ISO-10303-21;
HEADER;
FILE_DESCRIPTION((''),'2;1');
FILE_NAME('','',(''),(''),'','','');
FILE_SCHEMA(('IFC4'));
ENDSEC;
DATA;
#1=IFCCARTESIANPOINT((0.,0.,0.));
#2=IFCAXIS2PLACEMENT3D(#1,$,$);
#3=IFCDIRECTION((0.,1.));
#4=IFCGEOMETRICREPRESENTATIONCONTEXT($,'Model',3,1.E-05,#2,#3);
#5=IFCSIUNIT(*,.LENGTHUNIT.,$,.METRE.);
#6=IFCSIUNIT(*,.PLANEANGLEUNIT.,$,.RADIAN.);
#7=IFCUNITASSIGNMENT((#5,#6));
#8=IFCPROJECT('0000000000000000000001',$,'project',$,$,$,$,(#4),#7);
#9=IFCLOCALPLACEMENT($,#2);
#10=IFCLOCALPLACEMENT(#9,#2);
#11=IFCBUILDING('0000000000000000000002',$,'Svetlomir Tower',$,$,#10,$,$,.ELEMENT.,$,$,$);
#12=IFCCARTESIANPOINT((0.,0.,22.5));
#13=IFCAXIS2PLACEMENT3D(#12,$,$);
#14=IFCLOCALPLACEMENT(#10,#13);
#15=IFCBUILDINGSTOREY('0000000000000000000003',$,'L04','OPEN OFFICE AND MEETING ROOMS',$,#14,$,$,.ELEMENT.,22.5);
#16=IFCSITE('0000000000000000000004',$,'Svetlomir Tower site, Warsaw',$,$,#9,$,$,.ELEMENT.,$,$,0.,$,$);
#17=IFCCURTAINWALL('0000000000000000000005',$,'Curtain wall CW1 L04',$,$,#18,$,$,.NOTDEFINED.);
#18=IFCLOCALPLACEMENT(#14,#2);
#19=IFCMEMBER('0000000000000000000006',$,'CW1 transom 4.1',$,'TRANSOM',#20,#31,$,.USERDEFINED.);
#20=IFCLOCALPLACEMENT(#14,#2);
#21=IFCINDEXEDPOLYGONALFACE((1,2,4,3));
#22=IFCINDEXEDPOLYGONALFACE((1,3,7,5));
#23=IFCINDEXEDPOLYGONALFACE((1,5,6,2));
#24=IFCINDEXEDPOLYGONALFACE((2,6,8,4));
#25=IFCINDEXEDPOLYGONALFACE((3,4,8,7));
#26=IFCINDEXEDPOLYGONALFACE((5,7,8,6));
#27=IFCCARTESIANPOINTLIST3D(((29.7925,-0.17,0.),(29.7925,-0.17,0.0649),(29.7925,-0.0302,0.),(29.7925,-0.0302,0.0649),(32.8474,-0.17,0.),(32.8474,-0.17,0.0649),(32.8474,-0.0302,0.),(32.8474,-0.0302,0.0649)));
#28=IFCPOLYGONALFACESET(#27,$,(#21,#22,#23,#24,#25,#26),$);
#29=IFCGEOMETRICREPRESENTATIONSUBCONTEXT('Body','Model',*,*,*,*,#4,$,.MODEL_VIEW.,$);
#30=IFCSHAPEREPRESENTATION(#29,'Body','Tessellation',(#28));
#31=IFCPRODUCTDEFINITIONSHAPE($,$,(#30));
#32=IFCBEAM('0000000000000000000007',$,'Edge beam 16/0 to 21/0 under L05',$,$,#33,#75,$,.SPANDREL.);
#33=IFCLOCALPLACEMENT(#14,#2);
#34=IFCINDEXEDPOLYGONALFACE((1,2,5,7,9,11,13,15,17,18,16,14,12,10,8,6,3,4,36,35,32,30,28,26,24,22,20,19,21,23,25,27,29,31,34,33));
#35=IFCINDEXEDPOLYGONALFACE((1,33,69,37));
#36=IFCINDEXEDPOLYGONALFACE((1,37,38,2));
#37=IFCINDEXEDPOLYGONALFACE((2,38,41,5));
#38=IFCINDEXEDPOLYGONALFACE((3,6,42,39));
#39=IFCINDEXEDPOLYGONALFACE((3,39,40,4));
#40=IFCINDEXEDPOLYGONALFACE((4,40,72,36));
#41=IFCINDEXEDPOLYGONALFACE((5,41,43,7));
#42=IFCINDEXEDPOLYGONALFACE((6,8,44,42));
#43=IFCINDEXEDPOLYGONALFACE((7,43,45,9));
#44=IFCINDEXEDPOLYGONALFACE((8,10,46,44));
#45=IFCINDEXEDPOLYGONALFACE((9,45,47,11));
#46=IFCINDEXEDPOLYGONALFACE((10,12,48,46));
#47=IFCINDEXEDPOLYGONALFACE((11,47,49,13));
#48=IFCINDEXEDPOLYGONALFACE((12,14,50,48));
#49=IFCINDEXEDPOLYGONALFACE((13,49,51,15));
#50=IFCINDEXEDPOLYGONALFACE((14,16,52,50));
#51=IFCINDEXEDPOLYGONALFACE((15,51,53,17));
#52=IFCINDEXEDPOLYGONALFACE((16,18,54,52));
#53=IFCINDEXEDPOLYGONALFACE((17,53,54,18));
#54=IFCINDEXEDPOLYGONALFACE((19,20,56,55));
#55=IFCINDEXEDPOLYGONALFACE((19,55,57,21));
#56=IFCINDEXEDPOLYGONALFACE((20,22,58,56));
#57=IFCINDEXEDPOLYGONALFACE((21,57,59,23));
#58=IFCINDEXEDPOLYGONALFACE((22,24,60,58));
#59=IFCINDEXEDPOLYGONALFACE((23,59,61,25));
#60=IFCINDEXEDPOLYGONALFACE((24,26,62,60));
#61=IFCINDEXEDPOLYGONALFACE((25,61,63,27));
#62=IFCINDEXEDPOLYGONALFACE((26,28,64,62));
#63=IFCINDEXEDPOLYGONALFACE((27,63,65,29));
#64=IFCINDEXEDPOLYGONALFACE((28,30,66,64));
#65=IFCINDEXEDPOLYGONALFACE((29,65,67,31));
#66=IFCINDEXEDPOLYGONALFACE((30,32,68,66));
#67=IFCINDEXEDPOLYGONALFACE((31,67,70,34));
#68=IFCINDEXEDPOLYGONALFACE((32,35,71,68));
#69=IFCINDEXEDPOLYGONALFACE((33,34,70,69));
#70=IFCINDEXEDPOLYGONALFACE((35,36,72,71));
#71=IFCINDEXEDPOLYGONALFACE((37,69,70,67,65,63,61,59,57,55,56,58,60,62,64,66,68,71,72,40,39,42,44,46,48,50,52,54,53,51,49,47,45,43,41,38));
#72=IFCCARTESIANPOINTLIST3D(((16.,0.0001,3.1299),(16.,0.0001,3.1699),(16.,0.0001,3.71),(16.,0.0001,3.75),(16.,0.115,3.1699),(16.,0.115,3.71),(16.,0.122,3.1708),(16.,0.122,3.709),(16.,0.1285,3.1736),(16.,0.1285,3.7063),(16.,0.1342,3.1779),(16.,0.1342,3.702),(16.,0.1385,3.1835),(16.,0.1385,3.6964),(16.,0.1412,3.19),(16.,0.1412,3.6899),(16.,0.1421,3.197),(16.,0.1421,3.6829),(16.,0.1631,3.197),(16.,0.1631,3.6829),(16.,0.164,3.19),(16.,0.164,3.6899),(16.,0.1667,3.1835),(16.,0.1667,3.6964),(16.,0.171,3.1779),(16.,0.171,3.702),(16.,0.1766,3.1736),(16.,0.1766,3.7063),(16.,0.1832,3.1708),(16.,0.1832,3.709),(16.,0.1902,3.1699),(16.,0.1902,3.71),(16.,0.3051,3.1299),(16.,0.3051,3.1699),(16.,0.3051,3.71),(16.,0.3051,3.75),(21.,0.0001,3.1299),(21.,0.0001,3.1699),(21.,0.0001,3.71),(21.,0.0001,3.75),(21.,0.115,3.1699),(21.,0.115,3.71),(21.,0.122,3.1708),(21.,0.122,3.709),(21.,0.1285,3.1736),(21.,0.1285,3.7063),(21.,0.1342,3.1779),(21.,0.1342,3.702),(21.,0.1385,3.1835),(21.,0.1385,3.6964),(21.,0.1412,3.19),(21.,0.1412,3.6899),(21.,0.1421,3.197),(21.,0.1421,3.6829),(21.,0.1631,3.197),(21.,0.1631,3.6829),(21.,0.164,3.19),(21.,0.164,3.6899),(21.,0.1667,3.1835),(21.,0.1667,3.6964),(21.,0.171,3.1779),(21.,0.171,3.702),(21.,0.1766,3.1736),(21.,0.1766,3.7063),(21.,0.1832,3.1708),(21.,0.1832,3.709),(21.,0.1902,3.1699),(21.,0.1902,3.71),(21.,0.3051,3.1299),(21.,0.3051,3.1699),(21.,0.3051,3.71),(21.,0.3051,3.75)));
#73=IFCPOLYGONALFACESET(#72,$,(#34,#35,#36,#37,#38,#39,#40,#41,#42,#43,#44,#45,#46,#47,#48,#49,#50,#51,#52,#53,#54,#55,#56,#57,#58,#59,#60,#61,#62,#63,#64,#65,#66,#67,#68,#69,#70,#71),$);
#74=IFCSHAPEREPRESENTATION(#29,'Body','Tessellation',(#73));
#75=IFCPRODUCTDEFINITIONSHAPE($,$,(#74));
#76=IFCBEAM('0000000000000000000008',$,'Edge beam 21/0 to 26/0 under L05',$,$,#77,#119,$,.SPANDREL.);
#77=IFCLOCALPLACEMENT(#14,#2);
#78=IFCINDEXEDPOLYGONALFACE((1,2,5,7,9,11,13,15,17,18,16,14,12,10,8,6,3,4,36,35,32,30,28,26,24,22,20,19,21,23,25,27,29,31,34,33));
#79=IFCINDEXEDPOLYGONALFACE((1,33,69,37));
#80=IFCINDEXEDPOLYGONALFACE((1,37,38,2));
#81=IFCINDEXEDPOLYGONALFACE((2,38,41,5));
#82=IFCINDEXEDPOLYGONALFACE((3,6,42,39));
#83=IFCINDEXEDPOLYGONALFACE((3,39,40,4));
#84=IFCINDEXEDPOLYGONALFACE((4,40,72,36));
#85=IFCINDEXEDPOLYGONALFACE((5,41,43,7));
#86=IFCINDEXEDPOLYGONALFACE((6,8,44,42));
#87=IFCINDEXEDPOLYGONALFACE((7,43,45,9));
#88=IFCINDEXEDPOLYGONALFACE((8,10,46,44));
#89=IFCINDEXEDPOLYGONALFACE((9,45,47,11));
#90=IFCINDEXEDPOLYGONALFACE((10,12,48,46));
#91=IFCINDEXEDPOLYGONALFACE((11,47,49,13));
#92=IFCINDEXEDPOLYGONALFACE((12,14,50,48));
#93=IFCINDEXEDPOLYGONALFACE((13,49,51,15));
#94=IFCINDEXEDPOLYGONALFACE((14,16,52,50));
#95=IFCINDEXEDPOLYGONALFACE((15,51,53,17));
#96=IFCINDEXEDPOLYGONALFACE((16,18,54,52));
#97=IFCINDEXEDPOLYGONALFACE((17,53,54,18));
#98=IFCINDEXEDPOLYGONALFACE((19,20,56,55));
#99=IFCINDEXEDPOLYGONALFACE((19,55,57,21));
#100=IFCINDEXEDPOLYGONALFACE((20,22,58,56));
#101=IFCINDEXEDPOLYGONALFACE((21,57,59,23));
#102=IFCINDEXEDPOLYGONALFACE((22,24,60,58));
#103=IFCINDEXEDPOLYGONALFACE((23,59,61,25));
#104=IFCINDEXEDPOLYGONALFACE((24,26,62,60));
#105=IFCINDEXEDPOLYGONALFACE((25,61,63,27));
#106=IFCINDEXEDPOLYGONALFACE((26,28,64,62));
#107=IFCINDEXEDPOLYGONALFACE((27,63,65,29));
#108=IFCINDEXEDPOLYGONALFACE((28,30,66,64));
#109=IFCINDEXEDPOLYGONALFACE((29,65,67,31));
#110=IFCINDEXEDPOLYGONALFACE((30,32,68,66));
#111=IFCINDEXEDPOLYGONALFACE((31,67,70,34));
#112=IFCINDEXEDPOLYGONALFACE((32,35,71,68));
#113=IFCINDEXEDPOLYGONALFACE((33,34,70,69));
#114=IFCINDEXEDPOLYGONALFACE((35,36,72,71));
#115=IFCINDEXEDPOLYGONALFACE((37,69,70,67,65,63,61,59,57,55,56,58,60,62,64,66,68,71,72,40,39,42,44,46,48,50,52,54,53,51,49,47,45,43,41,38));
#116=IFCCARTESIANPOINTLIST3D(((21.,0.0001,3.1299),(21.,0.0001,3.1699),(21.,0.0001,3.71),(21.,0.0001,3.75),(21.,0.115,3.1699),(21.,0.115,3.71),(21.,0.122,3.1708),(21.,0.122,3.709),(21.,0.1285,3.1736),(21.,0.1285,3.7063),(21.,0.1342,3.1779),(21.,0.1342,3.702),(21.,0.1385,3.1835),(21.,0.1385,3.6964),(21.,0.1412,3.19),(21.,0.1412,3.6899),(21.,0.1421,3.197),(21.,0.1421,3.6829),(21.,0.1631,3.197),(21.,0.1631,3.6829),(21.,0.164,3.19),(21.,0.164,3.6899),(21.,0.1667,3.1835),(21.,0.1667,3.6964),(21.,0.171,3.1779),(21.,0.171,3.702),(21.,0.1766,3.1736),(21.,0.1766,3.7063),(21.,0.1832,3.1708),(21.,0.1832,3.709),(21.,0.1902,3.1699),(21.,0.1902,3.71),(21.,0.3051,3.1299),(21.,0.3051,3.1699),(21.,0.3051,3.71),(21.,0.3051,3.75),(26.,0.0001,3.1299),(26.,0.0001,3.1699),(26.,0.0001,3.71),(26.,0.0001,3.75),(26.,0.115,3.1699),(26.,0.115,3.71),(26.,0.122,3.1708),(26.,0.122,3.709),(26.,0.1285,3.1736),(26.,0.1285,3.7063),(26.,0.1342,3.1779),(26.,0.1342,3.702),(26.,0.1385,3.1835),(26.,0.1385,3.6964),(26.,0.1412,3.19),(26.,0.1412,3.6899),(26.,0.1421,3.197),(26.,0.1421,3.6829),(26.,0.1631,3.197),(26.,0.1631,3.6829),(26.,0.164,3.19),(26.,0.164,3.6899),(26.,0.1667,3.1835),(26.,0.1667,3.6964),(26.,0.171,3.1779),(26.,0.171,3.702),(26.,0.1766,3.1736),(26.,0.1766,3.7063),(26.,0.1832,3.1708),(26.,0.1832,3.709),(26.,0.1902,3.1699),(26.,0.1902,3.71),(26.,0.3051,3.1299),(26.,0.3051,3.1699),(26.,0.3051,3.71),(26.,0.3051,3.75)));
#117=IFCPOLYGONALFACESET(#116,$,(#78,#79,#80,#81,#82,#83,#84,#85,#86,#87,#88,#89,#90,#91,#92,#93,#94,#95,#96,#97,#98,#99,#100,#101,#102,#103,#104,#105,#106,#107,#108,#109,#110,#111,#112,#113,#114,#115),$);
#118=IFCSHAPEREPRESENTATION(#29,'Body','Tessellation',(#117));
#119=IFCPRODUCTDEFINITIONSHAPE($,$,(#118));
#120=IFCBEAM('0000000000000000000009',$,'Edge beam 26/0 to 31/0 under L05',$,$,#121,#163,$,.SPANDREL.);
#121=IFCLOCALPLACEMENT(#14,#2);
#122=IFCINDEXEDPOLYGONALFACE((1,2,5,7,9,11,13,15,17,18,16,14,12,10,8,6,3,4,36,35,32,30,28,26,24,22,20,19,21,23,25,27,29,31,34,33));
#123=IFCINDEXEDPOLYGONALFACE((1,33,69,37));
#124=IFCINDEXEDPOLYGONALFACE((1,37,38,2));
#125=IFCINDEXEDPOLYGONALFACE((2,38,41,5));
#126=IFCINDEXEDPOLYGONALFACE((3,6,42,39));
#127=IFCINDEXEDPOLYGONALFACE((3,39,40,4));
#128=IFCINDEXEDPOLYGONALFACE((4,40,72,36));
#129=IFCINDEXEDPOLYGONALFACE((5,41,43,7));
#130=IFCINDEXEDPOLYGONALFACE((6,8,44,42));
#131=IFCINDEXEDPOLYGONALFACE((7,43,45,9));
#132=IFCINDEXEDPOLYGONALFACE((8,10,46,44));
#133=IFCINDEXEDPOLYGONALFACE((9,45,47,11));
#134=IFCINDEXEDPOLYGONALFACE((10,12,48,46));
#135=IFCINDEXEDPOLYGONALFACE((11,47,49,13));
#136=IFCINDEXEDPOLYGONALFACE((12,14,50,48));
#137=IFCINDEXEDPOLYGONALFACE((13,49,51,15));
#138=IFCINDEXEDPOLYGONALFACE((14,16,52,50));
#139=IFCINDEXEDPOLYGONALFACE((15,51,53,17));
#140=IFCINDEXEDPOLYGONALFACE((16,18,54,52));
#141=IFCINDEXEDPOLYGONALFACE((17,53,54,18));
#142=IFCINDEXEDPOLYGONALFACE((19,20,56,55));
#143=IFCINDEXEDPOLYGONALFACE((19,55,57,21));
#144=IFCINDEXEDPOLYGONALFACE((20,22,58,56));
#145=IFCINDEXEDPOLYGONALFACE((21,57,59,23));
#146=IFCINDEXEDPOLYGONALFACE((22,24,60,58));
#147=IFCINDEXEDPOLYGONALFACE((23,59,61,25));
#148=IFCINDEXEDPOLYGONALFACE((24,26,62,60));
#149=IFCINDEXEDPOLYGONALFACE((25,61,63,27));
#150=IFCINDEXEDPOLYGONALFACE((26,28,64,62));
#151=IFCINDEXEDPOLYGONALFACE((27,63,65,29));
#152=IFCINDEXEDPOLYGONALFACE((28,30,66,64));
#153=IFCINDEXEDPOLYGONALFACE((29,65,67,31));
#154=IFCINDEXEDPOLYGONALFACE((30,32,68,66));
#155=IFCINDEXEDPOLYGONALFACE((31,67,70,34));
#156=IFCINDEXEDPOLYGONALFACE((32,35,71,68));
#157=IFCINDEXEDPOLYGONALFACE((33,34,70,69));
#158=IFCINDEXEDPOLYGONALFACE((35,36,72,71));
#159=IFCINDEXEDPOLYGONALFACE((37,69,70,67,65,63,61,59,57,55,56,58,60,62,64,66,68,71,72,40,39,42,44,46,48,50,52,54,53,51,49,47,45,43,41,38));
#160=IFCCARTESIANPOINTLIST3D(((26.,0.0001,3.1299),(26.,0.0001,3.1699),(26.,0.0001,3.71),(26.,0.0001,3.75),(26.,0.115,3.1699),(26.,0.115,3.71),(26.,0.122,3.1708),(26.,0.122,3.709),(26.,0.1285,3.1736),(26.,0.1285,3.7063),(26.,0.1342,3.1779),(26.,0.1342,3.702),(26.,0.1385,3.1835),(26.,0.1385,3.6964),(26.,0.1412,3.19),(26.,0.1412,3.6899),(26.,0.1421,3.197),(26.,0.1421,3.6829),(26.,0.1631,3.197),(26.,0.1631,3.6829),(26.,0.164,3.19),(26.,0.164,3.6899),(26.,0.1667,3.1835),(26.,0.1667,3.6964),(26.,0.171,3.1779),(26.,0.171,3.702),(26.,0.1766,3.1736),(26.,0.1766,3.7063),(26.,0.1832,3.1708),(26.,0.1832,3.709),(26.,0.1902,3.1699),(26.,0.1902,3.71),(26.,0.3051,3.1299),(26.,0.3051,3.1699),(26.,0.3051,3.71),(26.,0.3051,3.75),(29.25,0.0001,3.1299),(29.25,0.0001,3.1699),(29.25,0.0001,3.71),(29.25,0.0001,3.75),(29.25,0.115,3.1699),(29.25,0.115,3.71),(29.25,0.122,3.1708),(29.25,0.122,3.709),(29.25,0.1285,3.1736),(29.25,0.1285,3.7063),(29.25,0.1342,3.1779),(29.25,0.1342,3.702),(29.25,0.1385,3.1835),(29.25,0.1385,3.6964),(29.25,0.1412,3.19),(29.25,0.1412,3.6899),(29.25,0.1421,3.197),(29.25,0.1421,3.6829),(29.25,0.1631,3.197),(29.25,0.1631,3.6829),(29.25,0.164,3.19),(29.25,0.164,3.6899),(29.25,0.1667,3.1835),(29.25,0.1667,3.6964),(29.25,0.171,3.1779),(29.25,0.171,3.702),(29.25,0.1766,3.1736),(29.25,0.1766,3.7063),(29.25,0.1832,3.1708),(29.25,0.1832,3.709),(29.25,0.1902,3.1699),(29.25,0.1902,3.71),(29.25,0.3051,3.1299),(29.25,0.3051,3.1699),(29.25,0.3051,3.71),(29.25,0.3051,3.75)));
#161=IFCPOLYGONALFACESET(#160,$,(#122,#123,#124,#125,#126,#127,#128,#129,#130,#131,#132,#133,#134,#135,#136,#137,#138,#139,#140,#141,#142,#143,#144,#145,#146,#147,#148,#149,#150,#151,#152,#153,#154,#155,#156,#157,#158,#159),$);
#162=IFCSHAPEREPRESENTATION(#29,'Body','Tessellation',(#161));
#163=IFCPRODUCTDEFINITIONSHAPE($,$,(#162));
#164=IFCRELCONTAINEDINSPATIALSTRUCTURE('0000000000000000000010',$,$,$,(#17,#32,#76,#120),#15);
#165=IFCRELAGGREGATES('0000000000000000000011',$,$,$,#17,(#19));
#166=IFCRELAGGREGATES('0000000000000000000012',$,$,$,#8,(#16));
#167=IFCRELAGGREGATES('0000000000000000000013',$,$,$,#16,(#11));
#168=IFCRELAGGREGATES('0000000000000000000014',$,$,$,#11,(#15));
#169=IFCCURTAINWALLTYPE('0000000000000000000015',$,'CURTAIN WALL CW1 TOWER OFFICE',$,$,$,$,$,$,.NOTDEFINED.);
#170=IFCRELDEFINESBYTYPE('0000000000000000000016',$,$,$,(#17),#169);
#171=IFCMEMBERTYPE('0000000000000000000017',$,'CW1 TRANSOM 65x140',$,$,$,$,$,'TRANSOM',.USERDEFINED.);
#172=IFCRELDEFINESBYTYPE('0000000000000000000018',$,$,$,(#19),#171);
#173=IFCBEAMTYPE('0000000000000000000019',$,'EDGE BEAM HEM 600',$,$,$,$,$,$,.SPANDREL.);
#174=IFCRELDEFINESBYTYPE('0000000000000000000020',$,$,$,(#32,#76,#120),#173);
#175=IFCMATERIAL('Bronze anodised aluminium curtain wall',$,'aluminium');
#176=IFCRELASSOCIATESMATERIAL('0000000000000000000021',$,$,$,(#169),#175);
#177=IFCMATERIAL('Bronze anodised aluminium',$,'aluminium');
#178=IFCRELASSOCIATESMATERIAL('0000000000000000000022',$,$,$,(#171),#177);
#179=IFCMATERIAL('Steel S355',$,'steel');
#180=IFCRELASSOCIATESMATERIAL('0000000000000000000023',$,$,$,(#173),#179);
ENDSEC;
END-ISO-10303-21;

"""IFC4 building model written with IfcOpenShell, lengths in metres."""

from ifc_helpers import new_model, si_unit, direction, frame, origin, origin_2d, place, context, subcontext, project, spatial, rectangle, i_section, extrude, material, material_profile, profile_set, type_object, element, aggregate, save


model = new_model("IFC4")

# Units and contexts
model_context = context("Model", 3, precision=1e-05, world=origin(), true_north=direction((0.0, 1.0)))
body_context = subcontext(model_context, "Body", "Model", "MODEL_VIEW")
ifc_project = project(units=[si_unit("LENGTHUNIT", "METRE"), si_unit("PLANEANGLEUNIT", "RADIAN")], contexts=[model_context])

# Site, building, storey
site_placement = place(None, origin())
site = spatial("IfcSite", under=ifc_project, at=site_placement, Name="Svetlomir Tower site, Warsaw", CompositionType="ELEMENT", RefElevation=0.0)
building_placement = place(site_placement, origin())
building = spatial("IfcBuilding", under=site, at=building_placement, Name="Svetlomir Tower", CompositionType="ELEMENT")
storey_placement = place(building_placement, frame((0.0, 0.0, 22.5)))
storey = spatial("IfcBuildingStorey", under=building, at=storey_placement, Name="L04", Description="OPEN OFFICE AND MEETING ROOMS", CompositionType="ELEMENT", Elevation=22.5)

# Curtain wall
ifc_material_1 = material(Name="Bronze anodised aluminium curtain wall", Category="aluminium")
curtain_wall_type = type_object("IfcCurtainWallType", Name="CURTAIN WALL CW1 TOWER OFFICE", PredefinedType="NOTDEFINED", material=ifc_material_1)
curtain_wall_1_placement = place(storey_placement, origin())
curtain_wall_1 = element("IfcCurtainWall", 1, at=curtain_wall_1_placement, inside=storey, type_object=curtain_wall_type, Name="Curtain wall CW1 L04", PredefinedType="NOTDEFINED")

# Member
ifc_material_2 = material(Name="Bronze anodised aluminium", Category="aluminium")
ifc_material_profile_1 = material_profile(ifc_material_2, rectangle(XDim=0.1399, YDim=0.0649, at=origin_2d()), Name="AL 140x65")
ifc_profile_set_1 = profile_set([ifc_material_profile_1], Name="Bronze anodised aluminium 6063-T6")
member_type_1 = type_object("IfcMemberType", Name="CW1 TRANSOM 65x140", ElementType="TRANSOM", PredefinedType="USERDEFINED", material=ifc_profile_set_1)
member_1_placement = place(storey_placement, frame((29.7925, -0.1001, 0.0325), z_axis=(1.0, 0.0, 0.0), x_axis=(0.0, 1.0, 0.0)))
member_1 = element("IfcMember", 2, at=member_1_placement, type_object=member_type_1, Name="CW1 transom 4.1", ObjectType="TRANSOM", PredefinedType="USERDEFINED", context=body_context, shape_type="SweptSolid", body=[
    extrude(rectangle(XDim=0.1399, YDim=0.0649, at=origin_2d()), origin(), (0.0, 0.0, 1.0), 3.0549),
])

# Beams
ifc_material_3 = material(Name="Steel S355", Category="steel")
ifc_material_profile_2 = material_profile(ifc_material_3, i_section(OverallWidth=0.3049, OverallDepth=0.6201, WebThickness=0.021, FlangeThickness=0.04, FilletRadius=0.0271, at=origin_2d()), Name="HEM 600")
ifc_profile_set_2 = profile_set([ifc_material_profile_2], Name="Steel S355")
beam_type_1 = type_object("IfcBeamType", Name="EDGE BEAM HEM 600", PredefinedType="SPANDREL", material=ifc_profile_set_2)
for number, where, z_axis, x_axis, name in (
    (3, (16.0, 0.1526, 3.4399), (1.0, 0.0, 0.0), (0.0, 1.0, 0.0), "Edge beam 16/0 to 21/0 under L05"),
    (4, (21.0, 0.1526, 3.4399), (1.0, 0.0, 0.0), (0.0, 1.0, 0.0), "Edge beam 21/0 to 26/0 under L05"),
):
    element("IfcBeam", number, at=place(storey_placement, frame(where, z_axis=z_axis, x_axis=x_axis)), inside=storey, type_object=beam_type_1, Name=name, PredefinedType="SPANDREL", context=body_context, shape_type="SweptSolid", body=[
        extrude(i_section(OverallWidth=0.3049, OverallDepth=0.6201, WebThickness=0.021, FlangeThickness=0.04, FilletRadius=0.0271, at=origin_2d()), origin(), (0.0, 0.0, 1.0), 5.0),
    ])
beam_1_placement = place(storey_placement, frame((26.0, 0.1526, 3.4399), z_axis=(1.0, 0.0, 0.0), x_axis=(0.0, 1.0, 0.0)))
element("IfcBeam", 5, at=beam_1_placement, inside=storey, type_object=beam_type_1, Name="Edge beam 26/0 to 31/0 under L05", PredefinedType="SPANDREL", context=body_context, shape_type="SweptSolid", body=[
    extrude(i_section(OverallWidth=0.3049, OverallDepth=0.6201, WebThickness=0.021, FlangeThickness=0.04, FilletRadius=0.0271, at=origin_2d()), origin(), (0.0, 0.0, 1.0), 3.25),
])

aggregate(curtain_wall_1, [member_1])

save(model, "model.ifc")
